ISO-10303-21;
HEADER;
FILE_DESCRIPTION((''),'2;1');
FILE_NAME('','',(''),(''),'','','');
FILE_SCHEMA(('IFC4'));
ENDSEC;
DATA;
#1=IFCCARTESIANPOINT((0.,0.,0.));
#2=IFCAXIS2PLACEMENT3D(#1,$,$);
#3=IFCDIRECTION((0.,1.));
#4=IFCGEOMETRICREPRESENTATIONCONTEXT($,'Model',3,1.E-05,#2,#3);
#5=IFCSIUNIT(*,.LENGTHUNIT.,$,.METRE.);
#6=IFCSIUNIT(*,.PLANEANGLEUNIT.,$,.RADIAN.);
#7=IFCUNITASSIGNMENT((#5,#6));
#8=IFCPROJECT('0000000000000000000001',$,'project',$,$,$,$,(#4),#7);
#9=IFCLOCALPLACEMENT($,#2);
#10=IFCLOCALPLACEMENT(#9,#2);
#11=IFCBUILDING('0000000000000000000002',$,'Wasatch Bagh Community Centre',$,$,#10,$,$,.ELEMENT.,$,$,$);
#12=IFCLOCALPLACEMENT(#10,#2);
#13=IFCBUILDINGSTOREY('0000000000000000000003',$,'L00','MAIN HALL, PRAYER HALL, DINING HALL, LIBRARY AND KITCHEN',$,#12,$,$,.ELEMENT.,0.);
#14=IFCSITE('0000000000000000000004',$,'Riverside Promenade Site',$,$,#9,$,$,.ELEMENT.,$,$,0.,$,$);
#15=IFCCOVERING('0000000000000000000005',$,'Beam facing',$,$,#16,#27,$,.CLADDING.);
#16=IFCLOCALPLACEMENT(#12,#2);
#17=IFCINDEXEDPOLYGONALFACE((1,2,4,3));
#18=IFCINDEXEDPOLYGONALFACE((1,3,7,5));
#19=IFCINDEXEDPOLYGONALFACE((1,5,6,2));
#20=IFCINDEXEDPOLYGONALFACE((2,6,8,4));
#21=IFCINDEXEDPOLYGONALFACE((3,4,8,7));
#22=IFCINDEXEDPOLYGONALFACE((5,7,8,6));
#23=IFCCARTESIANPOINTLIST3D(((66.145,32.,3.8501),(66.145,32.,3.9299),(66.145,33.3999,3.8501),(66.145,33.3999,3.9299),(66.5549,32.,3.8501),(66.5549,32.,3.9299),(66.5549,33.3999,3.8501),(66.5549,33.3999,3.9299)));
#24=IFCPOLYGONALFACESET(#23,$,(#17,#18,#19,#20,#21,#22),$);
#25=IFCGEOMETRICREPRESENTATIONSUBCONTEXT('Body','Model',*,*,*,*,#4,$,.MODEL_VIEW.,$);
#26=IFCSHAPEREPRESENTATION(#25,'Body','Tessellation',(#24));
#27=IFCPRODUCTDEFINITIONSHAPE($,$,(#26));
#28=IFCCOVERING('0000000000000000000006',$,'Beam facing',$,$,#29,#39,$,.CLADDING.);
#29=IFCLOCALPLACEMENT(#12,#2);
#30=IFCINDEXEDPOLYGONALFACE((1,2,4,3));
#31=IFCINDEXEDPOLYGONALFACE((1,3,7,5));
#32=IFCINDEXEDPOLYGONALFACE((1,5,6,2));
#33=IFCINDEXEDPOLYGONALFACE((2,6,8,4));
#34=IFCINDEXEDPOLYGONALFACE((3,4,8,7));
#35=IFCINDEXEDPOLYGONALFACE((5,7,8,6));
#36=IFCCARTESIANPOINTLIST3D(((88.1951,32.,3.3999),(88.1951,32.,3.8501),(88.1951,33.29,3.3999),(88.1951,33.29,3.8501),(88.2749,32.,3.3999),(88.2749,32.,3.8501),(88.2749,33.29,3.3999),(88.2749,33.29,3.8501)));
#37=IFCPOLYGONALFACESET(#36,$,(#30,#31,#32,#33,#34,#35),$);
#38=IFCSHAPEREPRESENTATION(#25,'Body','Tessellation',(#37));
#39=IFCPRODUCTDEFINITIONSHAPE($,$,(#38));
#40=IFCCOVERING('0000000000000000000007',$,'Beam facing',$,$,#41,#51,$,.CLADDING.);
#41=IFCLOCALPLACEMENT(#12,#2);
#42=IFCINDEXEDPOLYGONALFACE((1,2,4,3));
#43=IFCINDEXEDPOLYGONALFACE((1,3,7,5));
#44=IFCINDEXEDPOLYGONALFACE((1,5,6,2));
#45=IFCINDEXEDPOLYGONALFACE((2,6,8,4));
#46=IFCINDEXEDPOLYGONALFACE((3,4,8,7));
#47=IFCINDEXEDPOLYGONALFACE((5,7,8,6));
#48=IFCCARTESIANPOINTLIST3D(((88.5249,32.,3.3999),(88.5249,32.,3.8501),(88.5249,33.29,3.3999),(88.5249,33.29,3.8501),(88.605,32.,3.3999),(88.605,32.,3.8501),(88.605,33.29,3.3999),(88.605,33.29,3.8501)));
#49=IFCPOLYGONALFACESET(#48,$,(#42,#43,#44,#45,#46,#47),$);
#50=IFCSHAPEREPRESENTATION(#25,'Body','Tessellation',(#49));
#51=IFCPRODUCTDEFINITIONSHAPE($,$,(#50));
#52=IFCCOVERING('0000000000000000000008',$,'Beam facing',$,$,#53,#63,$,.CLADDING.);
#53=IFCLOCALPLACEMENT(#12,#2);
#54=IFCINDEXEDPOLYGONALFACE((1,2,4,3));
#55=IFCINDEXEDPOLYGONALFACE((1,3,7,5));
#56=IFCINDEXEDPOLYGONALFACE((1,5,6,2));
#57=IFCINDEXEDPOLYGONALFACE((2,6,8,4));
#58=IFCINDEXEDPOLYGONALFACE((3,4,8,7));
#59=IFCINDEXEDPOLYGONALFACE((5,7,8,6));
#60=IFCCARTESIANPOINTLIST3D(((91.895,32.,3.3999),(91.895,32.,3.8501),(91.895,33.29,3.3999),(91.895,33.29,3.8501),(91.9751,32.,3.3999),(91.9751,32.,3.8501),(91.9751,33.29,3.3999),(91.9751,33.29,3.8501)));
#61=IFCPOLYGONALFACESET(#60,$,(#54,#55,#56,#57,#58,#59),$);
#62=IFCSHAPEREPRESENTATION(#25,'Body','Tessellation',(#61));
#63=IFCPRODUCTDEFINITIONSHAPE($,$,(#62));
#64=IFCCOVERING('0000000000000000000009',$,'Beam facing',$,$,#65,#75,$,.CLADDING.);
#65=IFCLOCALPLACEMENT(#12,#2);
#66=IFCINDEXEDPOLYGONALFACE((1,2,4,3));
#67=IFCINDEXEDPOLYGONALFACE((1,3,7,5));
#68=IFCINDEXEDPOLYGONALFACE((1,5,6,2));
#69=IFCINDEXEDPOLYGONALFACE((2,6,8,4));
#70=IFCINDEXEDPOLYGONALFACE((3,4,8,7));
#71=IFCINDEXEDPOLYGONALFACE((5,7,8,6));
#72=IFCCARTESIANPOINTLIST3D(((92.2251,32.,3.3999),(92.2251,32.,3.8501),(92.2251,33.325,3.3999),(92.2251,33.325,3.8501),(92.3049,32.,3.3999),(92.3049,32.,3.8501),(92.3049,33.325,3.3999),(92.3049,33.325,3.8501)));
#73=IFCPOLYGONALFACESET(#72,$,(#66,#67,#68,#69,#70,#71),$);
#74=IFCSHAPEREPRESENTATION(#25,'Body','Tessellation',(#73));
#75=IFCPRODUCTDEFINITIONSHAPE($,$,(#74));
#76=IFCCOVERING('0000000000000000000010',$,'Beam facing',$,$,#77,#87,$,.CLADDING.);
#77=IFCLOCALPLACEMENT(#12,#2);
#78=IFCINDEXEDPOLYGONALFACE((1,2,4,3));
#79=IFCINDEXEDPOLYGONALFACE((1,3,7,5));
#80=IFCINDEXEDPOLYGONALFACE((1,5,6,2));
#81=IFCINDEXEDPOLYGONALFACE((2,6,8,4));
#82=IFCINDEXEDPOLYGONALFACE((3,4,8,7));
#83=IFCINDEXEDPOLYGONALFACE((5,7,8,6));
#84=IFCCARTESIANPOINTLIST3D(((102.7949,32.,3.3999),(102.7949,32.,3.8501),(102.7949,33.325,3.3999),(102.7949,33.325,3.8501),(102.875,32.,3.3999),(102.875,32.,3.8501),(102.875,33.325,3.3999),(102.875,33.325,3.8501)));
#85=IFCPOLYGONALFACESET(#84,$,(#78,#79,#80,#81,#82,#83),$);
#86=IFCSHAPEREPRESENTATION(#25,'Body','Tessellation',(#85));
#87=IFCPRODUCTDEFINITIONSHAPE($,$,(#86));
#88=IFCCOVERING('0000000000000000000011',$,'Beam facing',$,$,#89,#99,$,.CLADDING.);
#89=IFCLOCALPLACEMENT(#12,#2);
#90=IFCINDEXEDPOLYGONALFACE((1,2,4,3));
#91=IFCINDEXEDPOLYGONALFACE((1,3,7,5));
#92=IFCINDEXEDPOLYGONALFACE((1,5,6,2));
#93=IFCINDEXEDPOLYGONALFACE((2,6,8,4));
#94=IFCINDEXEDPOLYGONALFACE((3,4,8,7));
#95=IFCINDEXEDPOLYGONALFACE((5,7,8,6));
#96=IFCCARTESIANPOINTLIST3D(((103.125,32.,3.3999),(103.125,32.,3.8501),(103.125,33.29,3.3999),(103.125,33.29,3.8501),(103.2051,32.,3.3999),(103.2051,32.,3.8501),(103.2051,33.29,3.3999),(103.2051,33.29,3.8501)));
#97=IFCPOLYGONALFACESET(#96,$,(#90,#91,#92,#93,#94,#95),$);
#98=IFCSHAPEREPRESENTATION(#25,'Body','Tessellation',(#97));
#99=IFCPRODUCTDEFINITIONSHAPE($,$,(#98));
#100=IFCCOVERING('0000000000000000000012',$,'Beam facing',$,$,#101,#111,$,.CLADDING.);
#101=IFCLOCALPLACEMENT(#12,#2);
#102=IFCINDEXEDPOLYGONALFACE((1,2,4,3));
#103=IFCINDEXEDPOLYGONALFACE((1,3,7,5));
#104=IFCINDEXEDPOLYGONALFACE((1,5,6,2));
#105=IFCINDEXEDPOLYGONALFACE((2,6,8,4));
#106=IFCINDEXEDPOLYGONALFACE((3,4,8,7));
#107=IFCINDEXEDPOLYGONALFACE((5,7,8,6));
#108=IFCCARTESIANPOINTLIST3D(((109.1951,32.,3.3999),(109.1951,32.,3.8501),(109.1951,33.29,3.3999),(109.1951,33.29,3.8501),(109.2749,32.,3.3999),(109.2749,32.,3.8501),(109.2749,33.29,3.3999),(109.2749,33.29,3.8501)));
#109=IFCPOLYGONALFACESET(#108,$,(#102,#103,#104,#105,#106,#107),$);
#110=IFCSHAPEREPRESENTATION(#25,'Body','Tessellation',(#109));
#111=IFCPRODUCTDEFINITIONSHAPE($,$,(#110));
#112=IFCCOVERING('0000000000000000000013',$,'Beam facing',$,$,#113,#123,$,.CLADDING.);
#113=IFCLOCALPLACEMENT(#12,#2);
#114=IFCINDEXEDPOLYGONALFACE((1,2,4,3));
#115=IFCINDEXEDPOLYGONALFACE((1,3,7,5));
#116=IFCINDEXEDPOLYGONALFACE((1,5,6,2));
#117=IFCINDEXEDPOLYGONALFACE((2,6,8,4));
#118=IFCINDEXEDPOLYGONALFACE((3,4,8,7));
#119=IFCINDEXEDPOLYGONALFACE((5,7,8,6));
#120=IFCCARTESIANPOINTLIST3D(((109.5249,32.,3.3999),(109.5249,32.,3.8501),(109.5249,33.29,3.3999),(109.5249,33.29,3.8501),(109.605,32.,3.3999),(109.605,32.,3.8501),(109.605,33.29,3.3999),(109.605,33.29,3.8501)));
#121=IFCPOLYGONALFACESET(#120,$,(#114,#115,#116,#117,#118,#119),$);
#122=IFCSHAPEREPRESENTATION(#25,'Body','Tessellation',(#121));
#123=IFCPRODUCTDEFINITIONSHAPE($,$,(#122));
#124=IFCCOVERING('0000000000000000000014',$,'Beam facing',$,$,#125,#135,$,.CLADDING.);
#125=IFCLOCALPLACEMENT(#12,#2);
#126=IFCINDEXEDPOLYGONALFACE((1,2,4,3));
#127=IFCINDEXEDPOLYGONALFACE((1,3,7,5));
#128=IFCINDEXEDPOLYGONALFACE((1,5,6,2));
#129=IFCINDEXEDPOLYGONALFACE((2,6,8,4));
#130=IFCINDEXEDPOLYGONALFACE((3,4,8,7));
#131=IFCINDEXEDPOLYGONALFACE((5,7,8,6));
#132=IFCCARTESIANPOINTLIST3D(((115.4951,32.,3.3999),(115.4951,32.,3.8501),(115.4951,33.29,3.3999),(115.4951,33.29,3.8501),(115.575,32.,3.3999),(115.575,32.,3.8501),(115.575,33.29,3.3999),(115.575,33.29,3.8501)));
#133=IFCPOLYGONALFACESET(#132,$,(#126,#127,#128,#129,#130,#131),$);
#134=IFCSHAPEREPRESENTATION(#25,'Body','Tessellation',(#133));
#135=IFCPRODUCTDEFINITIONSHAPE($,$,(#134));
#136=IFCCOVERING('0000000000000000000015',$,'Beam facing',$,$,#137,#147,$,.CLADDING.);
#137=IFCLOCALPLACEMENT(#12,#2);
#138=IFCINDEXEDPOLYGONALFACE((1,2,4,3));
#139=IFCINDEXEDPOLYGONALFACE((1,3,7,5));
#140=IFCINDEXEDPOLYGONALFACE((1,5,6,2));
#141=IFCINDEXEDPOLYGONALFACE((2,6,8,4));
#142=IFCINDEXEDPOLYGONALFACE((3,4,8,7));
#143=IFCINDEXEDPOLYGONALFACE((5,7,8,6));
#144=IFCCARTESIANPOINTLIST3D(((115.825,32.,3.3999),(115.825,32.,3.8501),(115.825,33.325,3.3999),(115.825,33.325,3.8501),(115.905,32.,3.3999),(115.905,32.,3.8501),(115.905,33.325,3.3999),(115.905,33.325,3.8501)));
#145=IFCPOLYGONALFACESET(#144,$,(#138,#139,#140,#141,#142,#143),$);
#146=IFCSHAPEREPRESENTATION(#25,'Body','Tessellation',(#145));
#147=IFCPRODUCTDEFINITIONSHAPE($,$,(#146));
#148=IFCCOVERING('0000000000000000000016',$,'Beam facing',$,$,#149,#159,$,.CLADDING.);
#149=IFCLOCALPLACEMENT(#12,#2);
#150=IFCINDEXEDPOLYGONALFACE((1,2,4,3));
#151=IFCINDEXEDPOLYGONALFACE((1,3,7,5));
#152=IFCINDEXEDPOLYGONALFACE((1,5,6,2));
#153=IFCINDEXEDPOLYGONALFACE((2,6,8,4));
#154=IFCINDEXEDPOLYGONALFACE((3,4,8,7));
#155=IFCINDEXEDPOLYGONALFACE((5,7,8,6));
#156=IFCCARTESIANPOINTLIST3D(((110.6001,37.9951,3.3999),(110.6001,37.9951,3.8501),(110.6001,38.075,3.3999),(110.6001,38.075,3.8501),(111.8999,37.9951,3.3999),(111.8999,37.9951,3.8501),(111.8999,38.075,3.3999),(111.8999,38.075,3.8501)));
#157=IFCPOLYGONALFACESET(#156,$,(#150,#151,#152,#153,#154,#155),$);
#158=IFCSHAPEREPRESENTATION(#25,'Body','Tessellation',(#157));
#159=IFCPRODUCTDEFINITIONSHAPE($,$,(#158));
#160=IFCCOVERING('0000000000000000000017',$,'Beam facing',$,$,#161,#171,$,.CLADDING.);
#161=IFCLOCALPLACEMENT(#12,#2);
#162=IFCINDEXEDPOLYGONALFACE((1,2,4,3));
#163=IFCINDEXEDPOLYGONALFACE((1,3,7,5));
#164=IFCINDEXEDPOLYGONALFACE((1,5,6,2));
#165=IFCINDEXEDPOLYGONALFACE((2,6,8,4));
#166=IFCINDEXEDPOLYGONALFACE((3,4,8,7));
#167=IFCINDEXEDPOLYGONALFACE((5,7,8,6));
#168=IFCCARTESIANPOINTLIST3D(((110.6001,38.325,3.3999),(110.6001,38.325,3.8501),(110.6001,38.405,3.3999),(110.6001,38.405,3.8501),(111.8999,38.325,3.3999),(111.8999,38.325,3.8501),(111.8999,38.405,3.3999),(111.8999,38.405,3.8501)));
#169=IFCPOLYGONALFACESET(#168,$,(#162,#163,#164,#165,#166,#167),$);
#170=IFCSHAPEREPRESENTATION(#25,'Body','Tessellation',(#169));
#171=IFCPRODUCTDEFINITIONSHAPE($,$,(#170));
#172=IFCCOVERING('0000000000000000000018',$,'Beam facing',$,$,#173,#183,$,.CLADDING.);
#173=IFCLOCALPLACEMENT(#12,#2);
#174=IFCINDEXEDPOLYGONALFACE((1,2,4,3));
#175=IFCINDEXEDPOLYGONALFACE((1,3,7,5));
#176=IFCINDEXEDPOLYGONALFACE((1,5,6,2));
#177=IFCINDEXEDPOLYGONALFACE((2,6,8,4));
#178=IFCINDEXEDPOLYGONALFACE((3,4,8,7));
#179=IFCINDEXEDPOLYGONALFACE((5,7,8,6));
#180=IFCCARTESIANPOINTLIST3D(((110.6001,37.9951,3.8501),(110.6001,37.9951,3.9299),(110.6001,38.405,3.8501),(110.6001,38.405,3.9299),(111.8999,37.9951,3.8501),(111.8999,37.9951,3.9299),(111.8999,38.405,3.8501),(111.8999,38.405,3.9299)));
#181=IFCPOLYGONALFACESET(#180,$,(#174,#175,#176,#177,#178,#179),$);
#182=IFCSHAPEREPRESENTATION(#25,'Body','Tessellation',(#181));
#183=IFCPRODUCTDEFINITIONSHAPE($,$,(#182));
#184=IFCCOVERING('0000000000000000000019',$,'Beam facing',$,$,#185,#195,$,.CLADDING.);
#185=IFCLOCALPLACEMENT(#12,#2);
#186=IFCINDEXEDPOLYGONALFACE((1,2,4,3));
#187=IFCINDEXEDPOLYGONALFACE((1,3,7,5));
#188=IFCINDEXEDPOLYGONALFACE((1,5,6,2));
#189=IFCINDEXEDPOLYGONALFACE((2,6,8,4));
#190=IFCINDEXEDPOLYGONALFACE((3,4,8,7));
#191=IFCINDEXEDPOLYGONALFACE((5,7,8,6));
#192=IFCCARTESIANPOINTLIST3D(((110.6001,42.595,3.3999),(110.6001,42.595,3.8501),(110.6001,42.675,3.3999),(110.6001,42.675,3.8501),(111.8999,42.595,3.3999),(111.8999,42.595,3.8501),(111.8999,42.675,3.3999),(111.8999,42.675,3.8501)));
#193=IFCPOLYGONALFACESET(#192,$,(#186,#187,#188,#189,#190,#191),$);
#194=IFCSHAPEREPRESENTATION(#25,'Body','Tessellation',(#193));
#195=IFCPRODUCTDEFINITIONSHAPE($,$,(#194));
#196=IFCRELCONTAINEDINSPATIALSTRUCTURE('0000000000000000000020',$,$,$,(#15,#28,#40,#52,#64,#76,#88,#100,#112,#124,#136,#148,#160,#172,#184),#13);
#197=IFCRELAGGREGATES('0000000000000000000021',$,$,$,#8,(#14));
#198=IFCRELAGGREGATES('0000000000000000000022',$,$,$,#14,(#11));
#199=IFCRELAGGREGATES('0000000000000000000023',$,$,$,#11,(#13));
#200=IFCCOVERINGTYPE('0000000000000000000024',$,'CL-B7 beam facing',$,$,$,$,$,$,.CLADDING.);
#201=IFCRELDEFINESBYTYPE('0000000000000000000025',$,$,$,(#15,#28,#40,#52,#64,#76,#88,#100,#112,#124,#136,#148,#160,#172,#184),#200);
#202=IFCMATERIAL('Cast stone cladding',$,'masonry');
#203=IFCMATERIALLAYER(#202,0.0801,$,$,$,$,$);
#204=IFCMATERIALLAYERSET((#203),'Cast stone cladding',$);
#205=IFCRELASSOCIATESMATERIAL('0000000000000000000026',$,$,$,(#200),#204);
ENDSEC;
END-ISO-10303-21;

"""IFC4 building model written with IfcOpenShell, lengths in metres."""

from ifc_helpers import new_model, si_unit, direction, frame, origin, place, context, subcontext, project, spatial, polyline, outline, extrude, material, layer, layer_set, type_object, element, save


model = new_model("IFC4")

# Units and contexts
model_context = context("Model", 3, precision=1e-05, world=origin(), true_north=direction((0.0, 1.0)))
body_context = subcontext(model_context, "Body", "Model", "MODEL_VIEW")
ifc_project = project(units=[si_unit("LENGTHUNIT", "METRE"), si_unit("PLANEANGLEUNIT", "RADIAN")], contexts=[model_context])

# Site, building, storey
site_placement = place(None, origin())
site = spatial("IfcSite", under=ifc_project, at=site_placement, Name="Riverside Promenade Site", CompositionType="ELEMENT", RefElevation=0.0)
building_placement = place(site_placement, origin())
building = spatial("IfcBuilding", under=site, at=building_placement, Name="Wasatch Bagh Community Centre", CompositionType="ELEMENT")
storey_placement = place(building_placement, origin())
storey = spatial("IfcBuildingStorey", under=building, at=storey_placement, Name="L00", Description="MAIN HALL, PRAYER HALL, DINING HALL, LIBRARY AND KITCHEN", CompositionType="ELEMENT", Elevation=0.0)

# Coverings
ifc_material = material(Name="Cast stone cladding", Category="masonry")
ifc_layer = layer(ifc_material, 0.0801)
ifc_layer_set = layer_set([ifc_layer], Name="Cast stone cladding")
covering_type = type_object("IfcCoveringType", Name="CL-B7 beam facing", PredefinedType="CLADDING", material=ifc_layer_set)
covering_1_placement = place(storey_placement, frame((0.0, 0.0, 3.8501)))
element("IfcCovering", 1, at=covering_1_placement, inside=storey, type_object=covering_type, Name="Beam facing", PredefinedType="CLADDING", context=body_context, shape_type="SweptSolid", body=[
    extrude(outline(polyline([(66.5549, 32.0), (66.5549, 33.3999), (66.145, 33.3999), (66.145, 32.0), (66.5549, 32.0)])), origin(), (0.0, 0.0, 1.0), 0.0798),
])
covering_2_placement = place(storey_placement, frame((0.0, 0.0, 3.3999)))
element("IfcCovering", 2, at=covering_2_placement, inside=storey, type_object=covering_type, Name="Beam facing", PredefinedType="CLADDING", context=body_context, shape_type="SweptSolid", body=[
    extrude(outline(polyline([(88.2749, 32.0), (88.2749, 33.29), (88.1951, 33.29), (88.1951, 32.0), (88.2749, 32.0)])), origin(), (0.0, 0.0, 1.0), 0.4502),
])
covering_3_placement = place(storey_placement, frame((0.0, 0.0, 3.3999)))
element("IfcCovering", 3, at=covering_3_placement, inside=storey, type_object=covering_type, Name="Beam facing", PredefinedType="CLADDING", context=body_context, shape_type="SweptSolid", body=[
    extrude(outline(polyline([(88.5249, 32.0), (88.5249, 33.29), (88.605, 33.29), (88.605, 32.0), (88.5249, 32.0)])), origin(), (0.0, 0.0, 1.0), 0.4502),
])
covering_4_placement = place(storey_placement, frame((0.0, 0.0, 3.3999)))
element("IfcCovering", 4, at=covering_4_placement, inside=storey, type_object=covering_type, Name="Beam facing", PredefinedType="CLADDING", context=body_context, shape_type="SweptSolid", body=[
    extrude(outline(polyline([(91.9751, 32.0), (91.9751, 33.29), (91.895, 33.29), (91.895, 32.0), (91.9751, 32.0)])), origin(), (0.0, 0.0, 1.0), 0.4502),
])
covering_5_placement = place(storey_placement, frame((0.0, 0.0, 3.3999)))
element("IfcCovering", 5, at=covering_5_placement, inside=storey, type_object=covering_type, Name="Beam facing", PredefinedType="CLADDING", context=body_context, shape_type="SweptSolid", body=[
    extrude(outline(polyline([(92.2251, 32.0), (92.2251, 33.325), (92.3049, 33.325), (92.3049, 32.0), (92.2251, 32.0)])), origin(), (0.0, 0.0, 1.0), 0.4502),
])
covering_6_placement = place(storey_placement, frame((0.0, 0.0, 3.3999)))
element("IfcCovering", 6, at=covering_6_placement, inside=storey, type_object=covering_type, Name="Beam facing", PredefinedType="CLADDING", context=body_context, shape_type="SweptSolid", body=[
    extrude(outline(polyline([(102.875, 32.0), (102.875, 33.325), (102.7949, 33.325), (102.7949, 32.0), (102.875, 32.0)])), origin(), (0.0, 0.0, 1.0), 0.4502),
])
covering_7_placement = place(storey_placement, frame((0.0, 0.0, 3.3999)))
element("IfcCovering", 7, at=covering_7_placement, inside=storey, type_object=covering_type, Name="Beam facing", PredefinedType="CLADDING", context=body_context, shape_type="SweptSolid", body=[
    extrude(outline(polyline([(103.125, 32.0), (103.125, 33.29), (103.2051, 33.29), (103.2051, 32.0), (103.125, 32.0)])), origin(), (0.0, 0.0, 1.0), 0.4502),
])
covering_8_placement = place(storey_placement, frame((0.0, 0.0, 3.3999)))
element("IfcCovering", 8, at=covering_8_placement, inside=storey, type_object=covering_type, Name="Beam facing", PredefinedType="CLADDING", context=body_context, shape_type="SweptSolid", body=[
    extrude(outline(polyline([(109.2749, 32.0), (109.2749, 33.29), (109.1951, 33.29), (109.1951, 32.0), (109.2749, 32.0)])), origin(), (0.0, 0.0, 1.0), 0.4502),
])
covering_9_placement = place(storey_placement, frame((0.0, 0.0, 3.3999)))
element("IfcCovering", 9, at=covering_9_placement, inside=storey, type_object=covering_type, Name="Beam facing", PredefinedType="CLADDING", context=body_context, shape_type="SweptSolid", body=[
    extrude(outline(polyline([(109.5249, 32.0), (109.5249, 33.29), (109.605, 33.29), (109.605, 32.0), (109.5249, 32.0)])), origin(), (0.0, 0.0, 1.0), 0.4502),
])
covering_10_placement = place(storey_placement, frame((0.0, 0.0, 3.3999)))
element("IfcCovering", 10, at=covering_10_placement, inside=storey, type_object=covering_type, Name="Beam facing", PredefinedType="CLADDING", context=body_context, shape_type="SweptSolid", body=[
    extrude(outline(polyline([(115.575, 32.0), (115.575, 33.29), (115.4951, 33.29), (115.4951, 32.0), (115.575, 32.0)])), origin(), (0.0, 0.0, 1.0), 0.4502),
])
covering_11_placement = place(storey_placement, frame((0.0, 0.0, 3.3999)))
element("IfcCovering", 11, at=covering_11_placement, inside=storey, type_object=covering_type, Name="Beam facing", PredefinedType="CLADDING", context=body_context, shape_type="SweptSolid", body=[
    extrude(outline(polyline([(115.825, 32.0), (115.825, 33.325), (115.905, 33.325), (115.905, 32.0), (115.825, 32.0)])), origin(), (0.0, 0.0, 1.0), 0.4502),
])
covering_12_placement = place(storey_placement, frame((0.0, 0.0, 3.3999)))
element("IfcCovering", 12, at=covering_12_placement, inside=storey, type_object=covering_type, Name="Beam facing", PredefinedType="CLADDING", context=body_context, shape_type="SweptSolid", body=[
    extrude(outline(polyline([(111.8999, 38.075), (110.6001, 38.075), (110.6001, 37.9951), (111.8999, 37.9951), (111.8999, 38.075)])), origin(), (0.0, 0.0, 1.0), 0.4502),
])
covering_13_placement = place(storey_placement, frame((0.0, 0.0, 3.3999)))
element("IfcCovering", 13, at=covering_13_placement, inside=storey, type_object=covering_type, Name="Beam facing", PredefinedType="CLADDING", context=body_context, shape_type="SweptSolid", body=[
    extrude(outline(polyline([(111.8999, 38.325), (110.6001, 38.325), (110.6001, 38.405), (111.8999, 38.405), (111.8999, 38.325)])), origin(), (0.0, 0.0, 1.0), 0.4502),
])
covering_14_placement = place(storey_placement, frame((0.0, 0.0, 3.8501)))
element("IfcCovering", 14, at=covering_14_placement, inside=storey, type_object=covering_type, Name="Beam facing", PredefinedType="CLADDING", context=body_context, shape_type="SweptSolid", body=[
    extrude(outline(polyline([(111.8999, 38.405), (110.6001, 38.405), (110.6001, 37.9951), (111.8999, 37.9951), (111.8999, 38.405)])), origin(), (0.0, 0.0, 1.0), 0.0798),
])
covering_15_placement = place(storey_placement, frame((0.0, 0.0, 3.3999)))
element("IfcCovering", 15, at=covering_15_placement, inside=storey, type_object=covering_type, Name="Beam facing", PredefinedType="CLADDING", context=body_context, shape_type="SweptSolid", body=[
    extrude(outline(polyline([(111.8999, 42.675), (110.6001, 42.675), (110.6001, 42.595), (111.8999, 42.595), (111.8999, 42.675)])), origin(), (0.0, 0.0, 1.0), 0.4502),
])

save(model, "model.ifc")
